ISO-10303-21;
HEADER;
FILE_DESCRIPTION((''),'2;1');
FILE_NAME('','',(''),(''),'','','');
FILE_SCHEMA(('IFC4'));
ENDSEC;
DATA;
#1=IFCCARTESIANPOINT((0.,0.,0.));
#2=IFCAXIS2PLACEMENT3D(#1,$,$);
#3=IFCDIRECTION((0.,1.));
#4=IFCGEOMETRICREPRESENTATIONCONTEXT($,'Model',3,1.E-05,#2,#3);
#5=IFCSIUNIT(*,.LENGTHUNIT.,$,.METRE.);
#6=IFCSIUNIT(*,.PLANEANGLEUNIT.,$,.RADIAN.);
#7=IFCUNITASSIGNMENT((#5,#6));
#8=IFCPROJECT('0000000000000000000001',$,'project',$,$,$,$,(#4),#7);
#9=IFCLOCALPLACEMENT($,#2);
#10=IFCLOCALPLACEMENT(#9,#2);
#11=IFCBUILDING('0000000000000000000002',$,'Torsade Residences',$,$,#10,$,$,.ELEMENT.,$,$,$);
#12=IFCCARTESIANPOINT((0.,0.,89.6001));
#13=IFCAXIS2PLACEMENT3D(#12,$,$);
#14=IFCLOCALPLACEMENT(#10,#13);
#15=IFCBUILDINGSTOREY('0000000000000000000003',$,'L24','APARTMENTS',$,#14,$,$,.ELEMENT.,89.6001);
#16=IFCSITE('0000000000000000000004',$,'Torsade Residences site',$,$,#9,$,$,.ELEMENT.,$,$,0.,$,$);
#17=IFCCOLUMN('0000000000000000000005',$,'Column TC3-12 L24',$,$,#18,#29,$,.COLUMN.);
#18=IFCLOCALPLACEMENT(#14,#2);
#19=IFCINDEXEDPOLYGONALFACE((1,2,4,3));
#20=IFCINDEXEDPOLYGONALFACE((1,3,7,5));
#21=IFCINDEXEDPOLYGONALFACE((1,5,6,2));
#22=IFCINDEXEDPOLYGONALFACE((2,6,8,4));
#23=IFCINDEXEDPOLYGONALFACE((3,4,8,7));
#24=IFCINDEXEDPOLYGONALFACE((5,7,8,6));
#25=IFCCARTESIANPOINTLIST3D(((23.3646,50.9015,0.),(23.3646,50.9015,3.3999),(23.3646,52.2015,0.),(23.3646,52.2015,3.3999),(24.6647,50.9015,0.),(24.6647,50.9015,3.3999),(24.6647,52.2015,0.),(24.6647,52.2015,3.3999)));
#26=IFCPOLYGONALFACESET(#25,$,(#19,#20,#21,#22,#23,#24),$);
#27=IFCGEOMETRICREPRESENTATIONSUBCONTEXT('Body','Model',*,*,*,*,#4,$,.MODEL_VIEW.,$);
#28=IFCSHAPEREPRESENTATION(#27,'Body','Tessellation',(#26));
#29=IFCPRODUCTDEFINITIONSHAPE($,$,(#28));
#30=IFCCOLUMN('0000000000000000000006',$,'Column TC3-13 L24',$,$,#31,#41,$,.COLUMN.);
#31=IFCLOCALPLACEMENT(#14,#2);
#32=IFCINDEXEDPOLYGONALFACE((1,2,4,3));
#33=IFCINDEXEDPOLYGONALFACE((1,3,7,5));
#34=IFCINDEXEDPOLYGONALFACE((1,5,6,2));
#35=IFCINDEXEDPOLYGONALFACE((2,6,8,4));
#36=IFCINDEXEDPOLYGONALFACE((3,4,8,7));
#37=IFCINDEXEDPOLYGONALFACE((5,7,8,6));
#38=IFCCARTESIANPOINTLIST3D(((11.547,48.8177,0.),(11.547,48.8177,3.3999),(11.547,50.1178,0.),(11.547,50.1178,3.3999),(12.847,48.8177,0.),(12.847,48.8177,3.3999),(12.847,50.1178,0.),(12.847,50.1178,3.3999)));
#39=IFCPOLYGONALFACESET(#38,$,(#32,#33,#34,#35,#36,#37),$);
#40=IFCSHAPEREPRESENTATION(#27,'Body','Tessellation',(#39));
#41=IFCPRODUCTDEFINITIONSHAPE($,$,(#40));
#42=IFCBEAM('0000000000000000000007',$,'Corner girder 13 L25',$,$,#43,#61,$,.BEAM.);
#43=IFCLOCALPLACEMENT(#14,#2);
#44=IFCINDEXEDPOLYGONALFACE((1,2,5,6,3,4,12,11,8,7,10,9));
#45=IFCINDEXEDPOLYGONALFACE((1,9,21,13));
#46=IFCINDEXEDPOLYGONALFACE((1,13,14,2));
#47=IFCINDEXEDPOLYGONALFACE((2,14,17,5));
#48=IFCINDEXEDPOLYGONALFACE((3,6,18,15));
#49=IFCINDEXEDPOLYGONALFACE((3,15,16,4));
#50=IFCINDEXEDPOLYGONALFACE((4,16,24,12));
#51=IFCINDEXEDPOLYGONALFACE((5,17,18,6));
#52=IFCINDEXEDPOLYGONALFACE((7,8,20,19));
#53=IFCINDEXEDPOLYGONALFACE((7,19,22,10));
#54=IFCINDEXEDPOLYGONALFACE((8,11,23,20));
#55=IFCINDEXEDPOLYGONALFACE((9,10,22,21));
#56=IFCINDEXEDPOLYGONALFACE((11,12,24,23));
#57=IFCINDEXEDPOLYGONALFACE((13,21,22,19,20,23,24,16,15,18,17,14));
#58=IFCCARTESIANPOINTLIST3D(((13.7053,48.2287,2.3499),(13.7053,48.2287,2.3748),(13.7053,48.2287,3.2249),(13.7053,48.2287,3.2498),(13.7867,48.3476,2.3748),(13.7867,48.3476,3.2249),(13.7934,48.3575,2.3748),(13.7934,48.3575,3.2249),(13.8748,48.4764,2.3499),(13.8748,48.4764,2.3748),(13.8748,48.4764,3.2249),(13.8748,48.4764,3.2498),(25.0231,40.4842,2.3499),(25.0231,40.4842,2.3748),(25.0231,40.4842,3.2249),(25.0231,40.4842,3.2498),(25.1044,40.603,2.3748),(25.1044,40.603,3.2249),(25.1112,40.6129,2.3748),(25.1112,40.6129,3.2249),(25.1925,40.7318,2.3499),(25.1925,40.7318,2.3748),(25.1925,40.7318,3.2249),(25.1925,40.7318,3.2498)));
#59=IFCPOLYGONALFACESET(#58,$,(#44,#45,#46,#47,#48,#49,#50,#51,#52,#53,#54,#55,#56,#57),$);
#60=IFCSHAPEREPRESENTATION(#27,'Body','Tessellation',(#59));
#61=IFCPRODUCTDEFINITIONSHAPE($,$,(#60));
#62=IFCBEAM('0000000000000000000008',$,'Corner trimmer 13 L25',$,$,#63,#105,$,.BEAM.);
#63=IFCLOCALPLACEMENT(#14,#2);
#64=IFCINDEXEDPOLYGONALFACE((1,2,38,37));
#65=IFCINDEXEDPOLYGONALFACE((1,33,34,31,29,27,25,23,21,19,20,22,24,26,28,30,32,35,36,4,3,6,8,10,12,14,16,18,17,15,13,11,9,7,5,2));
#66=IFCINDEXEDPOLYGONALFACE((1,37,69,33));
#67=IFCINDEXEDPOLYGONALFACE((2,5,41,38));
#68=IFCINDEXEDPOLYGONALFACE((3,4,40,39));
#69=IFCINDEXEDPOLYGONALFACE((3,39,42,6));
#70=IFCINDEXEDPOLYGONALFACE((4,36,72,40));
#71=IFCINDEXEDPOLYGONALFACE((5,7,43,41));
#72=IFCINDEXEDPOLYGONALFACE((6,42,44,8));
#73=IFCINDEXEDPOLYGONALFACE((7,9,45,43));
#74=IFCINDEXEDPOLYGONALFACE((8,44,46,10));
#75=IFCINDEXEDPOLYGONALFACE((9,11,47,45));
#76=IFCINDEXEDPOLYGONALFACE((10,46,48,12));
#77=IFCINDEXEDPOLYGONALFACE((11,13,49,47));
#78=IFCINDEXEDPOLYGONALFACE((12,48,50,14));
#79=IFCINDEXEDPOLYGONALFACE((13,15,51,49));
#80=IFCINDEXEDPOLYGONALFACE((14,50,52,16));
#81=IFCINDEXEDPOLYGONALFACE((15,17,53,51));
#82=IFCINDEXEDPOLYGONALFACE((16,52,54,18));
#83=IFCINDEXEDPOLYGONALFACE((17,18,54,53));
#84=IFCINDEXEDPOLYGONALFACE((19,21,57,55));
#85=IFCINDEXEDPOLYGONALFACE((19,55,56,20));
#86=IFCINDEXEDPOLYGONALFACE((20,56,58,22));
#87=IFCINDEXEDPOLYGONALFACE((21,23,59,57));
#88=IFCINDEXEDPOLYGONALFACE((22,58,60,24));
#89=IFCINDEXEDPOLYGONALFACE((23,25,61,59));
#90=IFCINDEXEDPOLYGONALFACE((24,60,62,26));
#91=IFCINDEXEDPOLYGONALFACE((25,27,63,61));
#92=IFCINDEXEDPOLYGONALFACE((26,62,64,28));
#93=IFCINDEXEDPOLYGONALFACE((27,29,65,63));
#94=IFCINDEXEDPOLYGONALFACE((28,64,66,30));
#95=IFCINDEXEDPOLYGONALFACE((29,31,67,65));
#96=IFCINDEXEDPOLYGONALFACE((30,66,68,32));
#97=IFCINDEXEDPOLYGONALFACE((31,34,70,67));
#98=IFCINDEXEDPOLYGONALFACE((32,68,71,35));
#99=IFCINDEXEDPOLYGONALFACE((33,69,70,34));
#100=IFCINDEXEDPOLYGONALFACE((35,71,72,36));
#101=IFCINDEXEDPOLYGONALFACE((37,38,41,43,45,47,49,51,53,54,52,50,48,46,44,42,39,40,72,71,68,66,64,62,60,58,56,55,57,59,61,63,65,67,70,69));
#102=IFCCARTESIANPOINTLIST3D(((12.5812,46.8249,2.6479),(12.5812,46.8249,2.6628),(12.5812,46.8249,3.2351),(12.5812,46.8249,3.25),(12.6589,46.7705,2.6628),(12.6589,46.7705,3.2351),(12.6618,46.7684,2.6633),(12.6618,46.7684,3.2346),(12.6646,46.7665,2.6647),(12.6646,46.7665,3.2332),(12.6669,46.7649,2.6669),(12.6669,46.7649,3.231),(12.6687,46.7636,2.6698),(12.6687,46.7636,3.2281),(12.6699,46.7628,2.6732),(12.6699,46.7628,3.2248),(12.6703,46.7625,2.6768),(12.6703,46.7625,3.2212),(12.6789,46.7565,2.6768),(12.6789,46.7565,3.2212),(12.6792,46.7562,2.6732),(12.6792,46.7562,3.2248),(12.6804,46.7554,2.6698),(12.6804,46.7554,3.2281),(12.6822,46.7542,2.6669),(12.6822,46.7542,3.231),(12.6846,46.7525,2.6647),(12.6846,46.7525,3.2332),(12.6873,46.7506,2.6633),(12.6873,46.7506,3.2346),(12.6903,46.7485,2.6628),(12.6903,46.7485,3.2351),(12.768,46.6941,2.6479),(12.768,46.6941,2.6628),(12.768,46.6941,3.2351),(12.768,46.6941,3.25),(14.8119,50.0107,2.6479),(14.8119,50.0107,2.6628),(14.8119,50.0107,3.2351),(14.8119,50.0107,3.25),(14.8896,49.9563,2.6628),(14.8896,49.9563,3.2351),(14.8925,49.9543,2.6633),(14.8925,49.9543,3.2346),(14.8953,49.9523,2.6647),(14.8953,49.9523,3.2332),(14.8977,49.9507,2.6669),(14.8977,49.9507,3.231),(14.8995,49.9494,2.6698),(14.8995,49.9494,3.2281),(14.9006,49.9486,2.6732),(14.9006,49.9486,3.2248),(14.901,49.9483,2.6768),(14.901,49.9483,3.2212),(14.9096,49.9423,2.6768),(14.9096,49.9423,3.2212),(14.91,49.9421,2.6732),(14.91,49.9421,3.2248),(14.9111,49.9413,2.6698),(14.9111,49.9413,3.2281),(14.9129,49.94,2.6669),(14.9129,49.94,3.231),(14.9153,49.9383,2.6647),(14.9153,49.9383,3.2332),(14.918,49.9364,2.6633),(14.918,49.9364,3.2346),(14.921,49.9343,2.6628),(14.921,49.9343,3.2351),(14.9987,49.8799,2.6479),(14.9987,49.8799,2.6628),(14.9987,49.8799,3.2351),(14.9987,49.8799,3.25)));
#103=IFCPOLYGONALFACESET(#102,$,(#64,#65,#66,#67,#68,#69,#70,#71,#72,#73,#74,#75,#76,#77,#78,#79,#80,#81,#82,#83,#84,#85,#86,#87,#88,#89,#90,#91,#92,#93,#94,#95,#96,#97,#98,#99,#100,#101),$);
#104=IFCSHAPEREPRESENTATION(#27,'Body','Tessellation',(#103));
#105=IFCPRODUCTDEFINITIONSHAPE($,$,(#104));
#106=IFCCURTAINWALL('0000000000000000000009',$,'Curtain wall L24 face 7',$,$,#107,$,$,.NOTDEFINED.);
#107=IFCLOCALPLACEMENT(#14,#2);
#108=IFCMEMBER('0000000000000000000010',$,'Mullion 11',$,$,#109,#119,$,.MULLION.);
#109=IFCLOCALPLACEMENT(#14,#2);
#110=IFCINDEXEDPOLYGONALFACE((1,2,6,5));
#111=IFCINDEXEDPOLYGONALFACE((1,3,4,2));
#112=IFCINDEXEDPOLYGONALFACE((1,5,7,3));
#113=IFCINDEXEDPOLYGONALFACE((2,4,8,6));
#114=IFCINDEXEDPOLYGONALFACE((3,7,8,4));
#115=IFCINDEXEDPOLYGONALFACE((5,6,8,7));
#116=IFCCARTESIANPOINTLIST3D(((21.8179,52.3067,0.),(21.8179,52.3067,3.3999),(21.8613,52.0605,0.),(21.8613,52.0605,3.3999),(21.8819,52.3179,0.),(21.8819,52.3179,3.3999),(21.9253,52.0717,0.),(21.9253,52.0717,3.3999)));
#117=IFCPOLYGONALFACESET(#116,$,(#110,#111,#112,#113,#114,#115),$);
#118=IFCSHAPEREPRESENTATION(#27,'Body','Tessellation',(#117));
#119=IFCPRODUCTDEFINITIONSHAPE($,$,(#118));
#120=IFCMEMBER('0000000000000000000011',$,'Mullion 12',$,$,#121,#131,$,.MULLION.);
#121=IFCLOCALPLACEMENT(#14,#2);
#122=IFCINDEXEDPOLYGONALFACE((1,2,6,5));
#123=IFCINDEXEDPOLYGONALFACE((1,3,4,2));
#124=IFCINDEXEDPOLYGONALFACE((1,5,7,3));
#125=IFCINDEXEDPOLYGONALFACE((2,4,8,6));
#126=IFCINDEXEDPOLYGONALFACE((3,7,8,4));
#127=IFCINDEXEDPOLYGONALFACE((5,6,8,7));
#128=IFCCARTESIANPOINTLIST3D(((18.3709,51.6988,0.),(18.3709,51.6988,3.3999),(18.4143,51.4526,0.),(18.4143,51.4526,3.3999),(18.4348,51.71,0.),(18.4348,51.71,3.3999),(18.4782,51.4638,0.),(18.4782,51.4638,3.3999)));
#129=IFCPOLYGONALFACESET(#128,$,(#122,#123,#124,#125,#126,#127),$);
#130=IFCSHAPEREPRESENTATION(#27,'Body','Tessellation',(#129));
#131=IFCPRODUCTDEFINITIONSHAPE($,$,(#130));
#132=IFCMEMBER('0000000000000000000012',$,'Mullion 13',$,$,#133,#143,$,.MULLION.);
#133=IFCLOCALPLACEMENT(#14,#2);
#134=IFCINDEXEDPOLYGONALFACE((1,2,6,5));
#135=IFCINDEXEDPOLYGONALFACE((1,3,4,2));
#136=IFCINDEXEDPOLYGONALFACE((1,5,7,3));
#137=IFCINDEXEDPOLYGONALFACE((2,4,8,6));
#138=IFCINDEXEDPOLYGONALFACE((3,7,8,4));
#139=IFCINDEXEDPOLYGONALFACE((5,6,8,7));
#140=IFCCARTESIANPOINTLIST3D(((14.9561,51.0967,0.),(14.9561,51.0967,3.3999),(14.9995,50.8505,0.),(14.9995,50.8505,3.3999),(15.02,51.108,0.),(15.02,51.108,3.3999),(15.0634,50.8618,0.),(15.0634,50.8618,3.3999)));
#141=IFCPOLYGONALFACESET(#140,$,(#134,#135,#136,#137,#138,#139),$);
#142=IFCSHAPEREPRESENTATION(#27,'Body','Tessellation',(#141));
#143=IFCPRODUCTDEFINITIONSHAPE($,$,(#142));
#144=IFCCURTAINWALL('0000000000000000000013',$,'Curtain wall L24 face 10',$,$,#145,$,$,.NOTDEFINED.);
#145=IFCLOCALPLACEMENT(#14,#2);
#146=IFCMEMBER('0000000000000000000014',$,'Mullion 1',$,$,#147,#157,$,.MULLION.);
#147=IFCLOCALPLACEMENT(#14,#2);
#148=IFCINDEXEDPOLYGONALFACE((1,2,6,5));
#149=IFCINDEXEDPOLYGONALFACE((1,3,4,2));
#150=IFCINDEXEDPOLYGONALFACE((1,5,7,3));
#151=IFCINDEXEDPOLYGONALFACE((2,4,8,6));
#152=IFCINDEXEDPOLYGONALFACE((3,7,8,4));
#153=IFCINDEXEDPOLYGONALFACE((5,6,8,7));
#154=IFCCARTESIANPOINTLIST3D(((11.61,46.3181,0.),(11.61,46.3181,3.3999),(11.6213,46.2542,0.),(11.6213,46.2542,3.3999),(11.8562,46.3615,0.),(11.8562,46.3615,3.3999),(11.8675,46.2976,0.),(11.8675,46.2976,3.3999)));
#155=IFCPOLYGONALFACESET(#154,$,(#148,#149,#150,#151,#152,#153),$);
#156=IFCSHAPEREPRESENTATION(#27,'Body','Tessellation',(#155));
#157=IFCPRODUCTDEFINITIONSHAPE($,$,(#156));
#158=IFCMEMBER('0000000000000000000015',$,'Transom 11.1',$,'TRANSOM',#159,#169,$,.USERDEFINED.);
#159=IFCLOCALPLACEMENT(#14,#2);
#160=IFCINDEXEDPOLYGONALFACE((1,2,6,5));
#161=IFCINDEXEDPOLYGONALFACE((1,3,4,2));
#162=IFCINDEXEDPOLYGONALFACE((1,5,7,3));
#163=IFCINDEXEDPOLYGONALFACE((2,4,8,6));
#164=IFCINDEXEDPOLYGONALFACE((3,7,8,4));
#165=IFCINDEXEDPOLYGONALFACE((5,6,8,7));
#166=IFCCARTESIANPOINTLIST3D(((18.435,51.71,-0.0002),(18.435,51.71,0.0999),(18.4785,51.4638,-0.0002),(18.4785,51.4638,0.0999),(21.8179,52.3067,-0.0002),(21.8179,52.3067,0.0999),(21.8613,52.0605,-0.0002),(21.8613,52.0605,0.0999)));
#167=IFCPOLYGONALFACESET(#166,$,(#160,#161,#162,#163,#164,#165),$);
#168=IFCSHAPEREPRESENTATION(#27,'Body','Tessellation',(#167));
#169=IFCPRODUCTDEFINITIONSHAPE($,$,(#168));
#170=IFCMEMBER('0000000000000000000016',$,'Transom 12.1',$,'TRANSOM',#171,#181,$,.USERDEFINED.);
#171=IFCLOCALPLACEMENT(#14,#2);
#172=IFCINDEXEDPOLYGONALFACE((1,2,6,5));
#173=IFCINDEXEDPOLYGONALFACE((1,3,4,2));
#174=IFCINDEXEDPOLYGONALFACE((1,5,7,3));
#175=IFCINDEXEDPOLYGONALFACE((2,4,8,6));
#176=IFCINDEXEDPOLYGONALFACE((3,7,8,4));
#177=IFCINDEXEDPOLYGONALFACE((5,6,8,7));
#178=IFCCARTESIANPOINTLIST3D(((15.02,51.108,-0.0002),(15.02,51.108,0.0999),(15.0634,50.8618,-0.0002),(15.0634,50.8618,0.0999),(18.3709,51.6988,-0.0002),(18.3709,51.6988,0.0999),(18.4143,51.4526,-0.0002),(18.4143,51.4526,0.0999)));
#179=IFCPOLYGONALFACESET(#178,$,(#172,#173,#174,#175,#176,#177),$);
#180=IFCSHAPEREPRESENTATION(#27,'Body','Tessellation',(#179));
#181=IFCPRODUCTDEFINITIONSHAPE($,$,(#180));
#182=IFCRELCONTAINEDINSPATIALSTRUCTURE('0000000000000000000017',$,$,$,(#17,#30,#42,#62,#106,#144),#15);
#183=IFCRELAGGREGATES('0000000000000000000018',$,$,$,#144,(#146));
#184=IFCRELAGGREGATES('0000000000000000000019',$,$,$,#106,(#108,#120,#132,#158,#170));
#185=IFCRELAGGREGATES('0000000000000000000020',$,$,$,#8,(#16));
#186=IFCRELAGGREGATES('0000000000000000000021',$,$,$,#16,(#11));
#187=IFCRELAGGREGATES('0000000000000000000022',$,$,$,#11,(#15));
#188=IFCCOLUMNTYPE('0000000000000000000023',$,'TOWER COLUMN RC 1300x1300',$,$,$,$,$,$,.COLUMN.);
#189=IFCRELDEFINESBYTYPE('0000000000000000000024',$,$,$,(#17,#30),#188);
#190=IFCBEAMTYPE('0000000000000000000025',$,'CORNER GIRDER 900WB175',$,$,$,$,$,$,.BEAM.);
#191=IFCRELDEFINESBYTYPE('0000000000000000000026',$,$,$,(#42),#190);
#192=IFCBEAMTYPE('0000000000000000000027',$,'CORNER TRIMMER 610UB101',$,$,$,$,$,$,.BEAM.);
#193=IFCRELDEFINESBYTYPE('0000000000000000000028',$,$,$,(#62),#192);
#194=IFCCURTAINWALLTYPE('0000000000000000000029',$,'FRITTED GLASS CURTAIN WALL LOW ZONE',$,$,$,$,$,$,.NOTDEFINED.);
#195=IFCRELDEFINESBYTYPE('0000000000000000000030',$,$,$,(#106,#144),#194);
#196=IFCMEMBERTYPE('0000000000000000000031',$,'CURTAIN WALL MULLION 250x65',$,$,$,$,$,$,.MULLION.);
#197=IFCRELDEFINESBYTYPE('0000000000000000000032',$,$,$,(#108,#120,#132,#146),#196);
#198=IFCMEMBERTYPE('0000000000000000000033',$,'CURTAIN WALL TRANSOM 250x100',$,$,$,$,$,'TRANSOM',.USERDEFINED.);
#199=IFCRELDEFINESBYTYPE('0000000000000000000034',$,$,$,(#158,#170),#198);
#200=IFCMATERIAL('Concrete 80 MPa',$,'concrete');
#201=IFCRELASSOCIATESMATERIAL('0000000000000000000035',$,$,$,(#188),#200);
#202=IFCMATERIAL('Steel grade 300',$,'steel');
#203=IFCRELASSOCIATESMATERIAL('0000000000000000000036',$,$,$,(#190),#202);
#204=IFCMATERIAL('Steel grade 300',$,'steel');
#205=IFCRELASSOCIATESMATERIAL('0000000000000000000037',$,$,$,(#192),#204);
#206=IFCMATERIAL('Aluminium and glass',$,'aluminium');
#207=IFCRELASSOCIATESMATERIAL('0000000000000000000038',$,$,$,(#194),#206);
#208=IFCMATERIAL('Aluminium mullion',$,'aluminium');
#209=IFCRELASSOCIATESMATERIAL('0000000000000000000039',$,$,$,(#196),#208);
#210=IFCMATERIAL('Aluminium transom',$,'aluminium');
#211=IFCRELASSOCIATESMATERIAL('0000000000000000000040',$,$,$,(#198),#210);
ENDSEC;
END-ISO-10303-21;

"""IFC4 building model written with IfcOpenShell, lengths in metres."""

from ifc_helpers import new_model, si_unit, direction, frame, origin, origin_2d, place, context, subcontext, project, spatial, rectangle, i_section, extrude, material, material_profile, profile_set, type_object, element, aggregate, save


model = new_model("IFC4")

# Units and contexts
model_context = context("Model", 3, precision=1e-05, world=origin(), true_north=direction((0.0, 1.0)))
body_context = subcontext(model_context, "Body", "Model", "MODEL_VIEW")
ifc_project = project(units=[si_unit("LENGTHUNIT", "METRE"), si_unit("PLANEANGLEUNIT", "RADIAN")], contexts=[model_context])

# Site, building, storey
site_placement = place(None, origin())
site = spatial("IfcSite", under=ifc_project, at=site_placement, Name="Torsade Residences site", CompositionType="ELEMENT", RefElevation=0.0)
building_placement = place(site_placement, origin())
building = spatial("IfcBuilding", under=site, at=building_placement, Name="Torsade Residences", CompositionType="ELEMENT")
storey_placement = place(building_placement, frame((0.0, 0.0, 89.6001)))
storey = spatial("IfcBuildingStorey", under=building, at=storey_placement, Name="L24", Description="APARTMENTS", CompositionType="ELEMENT", Elevation=89.6001)

# Columns
ifc_material_1 = material(Name="Concrete 80 MPa", Category="concrete")
ifc_material_profile_1 = material_profile(ifc_material_1, rectangle(XDim=1.3, YDim=1.3, at=origin_2d()), Name="RC 1300x1300")
ifc_profile_set_1 = profile_set([ifc_material_profile_1], Name="Concrete 80 MPa")
column_type = type_object("IfcColumnType", Name="TOWER COLUMN RC 1300x1300", PredefinedType="COLUMN", material=ifc_profile_set_1)
for number, where, z_axis, x_axis, name in (
    (1, (24.0146, 51.5515, 0.0), (0.0, 0.0, 1.0), (1.0, 0.0, 0.0), "Column TC3-12 L24"),
    (2, (12.197, 49.4678, 0.0), (0.0, 0.0, 1.0), (1.0, 0.0, 0.0), "Column TC3-13 L24"),
):
    element("IfcColumn", number, at=place(storey_placement, frame(where, z_axis=z_axis, x_axis=x_axis)), inside=storey, type_object=column_type, Name=name, PredefinedType="COLUMN", context=body_context, shape_type="SweptSolid", body=[
        extrude(rectangle(XDim=1.3, YDim=1.3, at=origin_2d()), origin(), (0.0, 0.0, 1.0), 3.3999),
    ])

# Beams
ifc_material_2 = material(Name="Steel grade 300", Category="steel")
ifc_material_profile_2 = material_profile(ifc_material_2, i_section(OverallWidth=0.3, OverallDepth=0.8999, WebThickness=0.012, FlangeThickness=0.0249, at=origin_2d()), Name="900WB175")
ifc_profile_set_2 = profile_set([ifc_material_profile_2], Name="Steel grade 300")
beam_type_1 = type_object("IfcBeamType", Name="CORNER GIRDER 900WB175", PredefinedType="BEAM", material=ifc_profile_set_2)
beam_1_placement = place(storey_placement, frame((13.79, 48.3525, 2.7998), z_axis=(0.825279, -0.564725, 0.0), x_axis=(0.564725, 0.825279, 0.0)))
element("IfcBeam", 3, at=beam_1_placement, inside=storey, type_object=beam_type_1, Name="Corner girder 13 L25", PredefinedType="BEAM", context=body_context, shape_type="SweptSolid", body=[
    extrude(i_section(OverallWidth=0.3, OverallDepth=0.8999, WebThickness=0.012, FlangeThickness=0.0249, at=origin_2d()), origin(), (0.0, 0.0, 1.0), 13.7139),
])
ifc_material_3 = material(Name="Steel grade 300", Category="steel")
ifc_material_profile_3 = material_profile(ifc_material_3, i_section(OverallWidth=0.228, OverallDepth=0.6021, WebThickness=0.0105, FlangeThickness=0.0149, FilletRadius=0.0139, at=origin_2d()), Name="610UB101")
ifc_profile_set_3 = profile_set([ifc_material_profile_3], Name="Steel grade 300")
beam_type_2 = type_object("IfcBeamType", Name="CORNER TRIMMER 610UB101", PredefinedType="BEAM", material=ifc_profile_set_3)
beam_2_placement = place(storey_placement, frame((12.6746, 46.7595, 2.949), z_axis=(0.573576, 0.819152, 0.0), x_axis=(-0.819152, 0.573576, 0.0)))
element("IfcBeam", 4, at=beam_2_placement, inside=storey, type_object=beam_type_2, Name="Corner trimmer 13 L25", PredefinedType="BEAM", context=body_context, shape_type="SweptSolid", body=[
    extrude(i_section(OverallWidth=0.228, OverallDepth=0.6021, WebThickness=0.0105, FlangeThickness=0.0149, FilletRadius=0.0139, at=origin_2d()), origin(), (0.0, 0.0, 1.0), 3.8892),
])

# Curtain wall, members
ifc_material_4 = material(Name="Aluminium and glass", Category="aluminium")
curtain_wall_type = type_object("IfcCurtainWallType", Name="FRITTED GLASS CURTAIN WALL LOW ZONE", PredefinedType="NOTDEFINED", material=ifc_material_4)
curtain_wall_1_placement = place(storey_placement, origin())
curtain_wall_1 = element("IfcCurtainWall", 5, at=curtain_wall_1_placement, inside=storey, type_object=curtain_wall_type, Name="Curtain wall L24 face 7", PredefinedType="NOTDEFINED")
ifc_material_5 = material(Name="Aluminium mullion", Category="aluminium")
ifc_material_profile_4 = material_profile(ifc_material_5, rectangle(XDim=0.25, YDim=0.0649, at=origin_2d()), Name="CURTAIN WALL MULLION 250x65")
ifc_profile_set_4 = profile_set([ifc_material_profile_4], Name="Aluminium mullion")
member_type_1 = type_object("IfcMemberType", Name="CURTAIN WALL MULLION 250x65", PredefinedType="MULLION", material=ifc_profile_set_4)
member_1_placement = place(storey_placement, frame((21.8716, 52.1892, 0.0), z_axis=(0.0, 0.0, 1.0), x_axis=(0.173648, -0.984808, 0.0)))
member_1 = element("IfcMember", 6, at=member_1_placement, type_object=member_type_1, Name="Mullion 11", PredefinedType="MULLION", context=body_context, shape_type="SweptSolid", body=[
    extrude(rectangle(XDim=0.25, YDim=0.0649, at=origin_2d()), origin(), (0.0, 0.0, 1.0), 3.3999),
])
member_2_placement = place(storey_placement, frame((18.4246, 51.5813, 0.0), z_axis=(0.0, 0.0, 1.0), x_axis=(0.173648, -0.984808, 0.0)))
member_2 = element("IfcMember", 7, at=member_2_placement, type_object=member_type_1, Name="Mullion 12", PredefinedType="MULLION", context=body_context, shape_type="SweptSolid", body=[
    extrude(rectangle(XDim=0.25, YDim=0.0649, at=origin_2d()), origin(), (0.0, 0.0, 1.0), 3.3999),
])
member_3_placement = place(storey_placement, frame((15.0098, 50.9792, 0.0), z_axis=(0.0, 0.0, 1.0), x_axis=(0.173648, -0.984808, 0.0)))
member_3 = element("IfcMember", 8, at=member_3_placement, type_object=member_type_1, Name="Mullion 13", PredefinedType="MULLION", context=body_context, shape_type="SweptSolid", body=[
    extrude(rectangle(XDim=0.25, YDim=0.0649, at=origin_2d()), origin(), (0.0, 0.0, 1.0), 3.3999),
])

# Curtain wall, member
curtain_wall_2_placement = place(storey_placement, origin())
curtain_wall_2 = element("IfcCurtainWall", 9, at=curtain_wall_2_placement, inside=storey, type_object=curtain_wall_type, Name="Curtain wall L24 face 10", PredefinedType="NOTDEFINED")
member_4_placement = place(storey_placement, frame((11.7388, 46.3079, 0.0), z_axis=(0.0, 0.0, 1.0), x_axis=(0.984808, 0.173648, 0.0)))
member_4 = element("IfcMember", 10, at=member_4_placement, type_object=member_type_1, Name="Mullion 1", PredefinedType="MULLION", context=body_context, shape_type="SweptSolid", body=[
    extrude(rectangle(XDim=0.25, YDim=0.0649, at=origin_2d()), origin(), (0.0, 0.0, 1.0), 3.3999),
])

# Members
ifc_material_6 = material(Name="Aluminium transom", Category="aluminium")
ifc_material_profile_5 = material_profile(ifc_material_6, rectangle(XDim=0.25, YDim=0.1001, at=origin_2d()), Name="CURTAIN WALL TRANSOM 250x100")
ifc_profile_set_5 = profile_set([ifc_material_profile_5], Name="Aluminium transom")
member_type_2 = type_object("IfcMemberType", Name="CURTAIN WALL TRANSOM 250x100", ElementType="TRANSOM", PredefinedType="USERDEFINED", material=ifc_profile_set_5)
member_5_placement = place(storey_placement, frame((21.8396, 52.1836, 0.0498), z_axis=(-0.984798, -0.173704, 0.0), x_axis=(0.173704, -0.984798, 0.0)))
member_5 = element("IfcMember", 11, at=member_5_placement, type_object=member_type_2, Name="Transom 11.1", ObjectType="TRANSOM", PredefinedType="USERDEFINED", context=body_context, shape_type="SweptSolid", body=[
    extrude(rectangle(XDim=0.25, YDim=0.1001, at=origin_2d()), origin(), (0.0, 0.0, 1.0), 3.4351),
])
member_6_placement = place(storey_placement, frame((18.3926, 51.5757, 0.0498), z_axis=(-0.984809, -0.173642, 0.0), x_axis=(0.173642, -0.984809, 0.0)))
member_6 = element("IfcMember", 12, at=member_6_placement, type_object=member_type_2, Name="Transom 12.1", ObjectType="TRANSOM", PredefinedType="USERDEFINED", context=body_context, shape_type="SweptSolid", body=[
    extrude(rectangle(XDim=0.25, YDim=0.1001, at=origin_2d()), origin(), (0.0, 0.0, 1.0), 3.4026),
])

aggregate(curtain_wall_2, [member_4])
aggregate(curtain_wall_1, [member_1, member_2, member_3, member_5, member_6])

save(model, "model.ifc")
